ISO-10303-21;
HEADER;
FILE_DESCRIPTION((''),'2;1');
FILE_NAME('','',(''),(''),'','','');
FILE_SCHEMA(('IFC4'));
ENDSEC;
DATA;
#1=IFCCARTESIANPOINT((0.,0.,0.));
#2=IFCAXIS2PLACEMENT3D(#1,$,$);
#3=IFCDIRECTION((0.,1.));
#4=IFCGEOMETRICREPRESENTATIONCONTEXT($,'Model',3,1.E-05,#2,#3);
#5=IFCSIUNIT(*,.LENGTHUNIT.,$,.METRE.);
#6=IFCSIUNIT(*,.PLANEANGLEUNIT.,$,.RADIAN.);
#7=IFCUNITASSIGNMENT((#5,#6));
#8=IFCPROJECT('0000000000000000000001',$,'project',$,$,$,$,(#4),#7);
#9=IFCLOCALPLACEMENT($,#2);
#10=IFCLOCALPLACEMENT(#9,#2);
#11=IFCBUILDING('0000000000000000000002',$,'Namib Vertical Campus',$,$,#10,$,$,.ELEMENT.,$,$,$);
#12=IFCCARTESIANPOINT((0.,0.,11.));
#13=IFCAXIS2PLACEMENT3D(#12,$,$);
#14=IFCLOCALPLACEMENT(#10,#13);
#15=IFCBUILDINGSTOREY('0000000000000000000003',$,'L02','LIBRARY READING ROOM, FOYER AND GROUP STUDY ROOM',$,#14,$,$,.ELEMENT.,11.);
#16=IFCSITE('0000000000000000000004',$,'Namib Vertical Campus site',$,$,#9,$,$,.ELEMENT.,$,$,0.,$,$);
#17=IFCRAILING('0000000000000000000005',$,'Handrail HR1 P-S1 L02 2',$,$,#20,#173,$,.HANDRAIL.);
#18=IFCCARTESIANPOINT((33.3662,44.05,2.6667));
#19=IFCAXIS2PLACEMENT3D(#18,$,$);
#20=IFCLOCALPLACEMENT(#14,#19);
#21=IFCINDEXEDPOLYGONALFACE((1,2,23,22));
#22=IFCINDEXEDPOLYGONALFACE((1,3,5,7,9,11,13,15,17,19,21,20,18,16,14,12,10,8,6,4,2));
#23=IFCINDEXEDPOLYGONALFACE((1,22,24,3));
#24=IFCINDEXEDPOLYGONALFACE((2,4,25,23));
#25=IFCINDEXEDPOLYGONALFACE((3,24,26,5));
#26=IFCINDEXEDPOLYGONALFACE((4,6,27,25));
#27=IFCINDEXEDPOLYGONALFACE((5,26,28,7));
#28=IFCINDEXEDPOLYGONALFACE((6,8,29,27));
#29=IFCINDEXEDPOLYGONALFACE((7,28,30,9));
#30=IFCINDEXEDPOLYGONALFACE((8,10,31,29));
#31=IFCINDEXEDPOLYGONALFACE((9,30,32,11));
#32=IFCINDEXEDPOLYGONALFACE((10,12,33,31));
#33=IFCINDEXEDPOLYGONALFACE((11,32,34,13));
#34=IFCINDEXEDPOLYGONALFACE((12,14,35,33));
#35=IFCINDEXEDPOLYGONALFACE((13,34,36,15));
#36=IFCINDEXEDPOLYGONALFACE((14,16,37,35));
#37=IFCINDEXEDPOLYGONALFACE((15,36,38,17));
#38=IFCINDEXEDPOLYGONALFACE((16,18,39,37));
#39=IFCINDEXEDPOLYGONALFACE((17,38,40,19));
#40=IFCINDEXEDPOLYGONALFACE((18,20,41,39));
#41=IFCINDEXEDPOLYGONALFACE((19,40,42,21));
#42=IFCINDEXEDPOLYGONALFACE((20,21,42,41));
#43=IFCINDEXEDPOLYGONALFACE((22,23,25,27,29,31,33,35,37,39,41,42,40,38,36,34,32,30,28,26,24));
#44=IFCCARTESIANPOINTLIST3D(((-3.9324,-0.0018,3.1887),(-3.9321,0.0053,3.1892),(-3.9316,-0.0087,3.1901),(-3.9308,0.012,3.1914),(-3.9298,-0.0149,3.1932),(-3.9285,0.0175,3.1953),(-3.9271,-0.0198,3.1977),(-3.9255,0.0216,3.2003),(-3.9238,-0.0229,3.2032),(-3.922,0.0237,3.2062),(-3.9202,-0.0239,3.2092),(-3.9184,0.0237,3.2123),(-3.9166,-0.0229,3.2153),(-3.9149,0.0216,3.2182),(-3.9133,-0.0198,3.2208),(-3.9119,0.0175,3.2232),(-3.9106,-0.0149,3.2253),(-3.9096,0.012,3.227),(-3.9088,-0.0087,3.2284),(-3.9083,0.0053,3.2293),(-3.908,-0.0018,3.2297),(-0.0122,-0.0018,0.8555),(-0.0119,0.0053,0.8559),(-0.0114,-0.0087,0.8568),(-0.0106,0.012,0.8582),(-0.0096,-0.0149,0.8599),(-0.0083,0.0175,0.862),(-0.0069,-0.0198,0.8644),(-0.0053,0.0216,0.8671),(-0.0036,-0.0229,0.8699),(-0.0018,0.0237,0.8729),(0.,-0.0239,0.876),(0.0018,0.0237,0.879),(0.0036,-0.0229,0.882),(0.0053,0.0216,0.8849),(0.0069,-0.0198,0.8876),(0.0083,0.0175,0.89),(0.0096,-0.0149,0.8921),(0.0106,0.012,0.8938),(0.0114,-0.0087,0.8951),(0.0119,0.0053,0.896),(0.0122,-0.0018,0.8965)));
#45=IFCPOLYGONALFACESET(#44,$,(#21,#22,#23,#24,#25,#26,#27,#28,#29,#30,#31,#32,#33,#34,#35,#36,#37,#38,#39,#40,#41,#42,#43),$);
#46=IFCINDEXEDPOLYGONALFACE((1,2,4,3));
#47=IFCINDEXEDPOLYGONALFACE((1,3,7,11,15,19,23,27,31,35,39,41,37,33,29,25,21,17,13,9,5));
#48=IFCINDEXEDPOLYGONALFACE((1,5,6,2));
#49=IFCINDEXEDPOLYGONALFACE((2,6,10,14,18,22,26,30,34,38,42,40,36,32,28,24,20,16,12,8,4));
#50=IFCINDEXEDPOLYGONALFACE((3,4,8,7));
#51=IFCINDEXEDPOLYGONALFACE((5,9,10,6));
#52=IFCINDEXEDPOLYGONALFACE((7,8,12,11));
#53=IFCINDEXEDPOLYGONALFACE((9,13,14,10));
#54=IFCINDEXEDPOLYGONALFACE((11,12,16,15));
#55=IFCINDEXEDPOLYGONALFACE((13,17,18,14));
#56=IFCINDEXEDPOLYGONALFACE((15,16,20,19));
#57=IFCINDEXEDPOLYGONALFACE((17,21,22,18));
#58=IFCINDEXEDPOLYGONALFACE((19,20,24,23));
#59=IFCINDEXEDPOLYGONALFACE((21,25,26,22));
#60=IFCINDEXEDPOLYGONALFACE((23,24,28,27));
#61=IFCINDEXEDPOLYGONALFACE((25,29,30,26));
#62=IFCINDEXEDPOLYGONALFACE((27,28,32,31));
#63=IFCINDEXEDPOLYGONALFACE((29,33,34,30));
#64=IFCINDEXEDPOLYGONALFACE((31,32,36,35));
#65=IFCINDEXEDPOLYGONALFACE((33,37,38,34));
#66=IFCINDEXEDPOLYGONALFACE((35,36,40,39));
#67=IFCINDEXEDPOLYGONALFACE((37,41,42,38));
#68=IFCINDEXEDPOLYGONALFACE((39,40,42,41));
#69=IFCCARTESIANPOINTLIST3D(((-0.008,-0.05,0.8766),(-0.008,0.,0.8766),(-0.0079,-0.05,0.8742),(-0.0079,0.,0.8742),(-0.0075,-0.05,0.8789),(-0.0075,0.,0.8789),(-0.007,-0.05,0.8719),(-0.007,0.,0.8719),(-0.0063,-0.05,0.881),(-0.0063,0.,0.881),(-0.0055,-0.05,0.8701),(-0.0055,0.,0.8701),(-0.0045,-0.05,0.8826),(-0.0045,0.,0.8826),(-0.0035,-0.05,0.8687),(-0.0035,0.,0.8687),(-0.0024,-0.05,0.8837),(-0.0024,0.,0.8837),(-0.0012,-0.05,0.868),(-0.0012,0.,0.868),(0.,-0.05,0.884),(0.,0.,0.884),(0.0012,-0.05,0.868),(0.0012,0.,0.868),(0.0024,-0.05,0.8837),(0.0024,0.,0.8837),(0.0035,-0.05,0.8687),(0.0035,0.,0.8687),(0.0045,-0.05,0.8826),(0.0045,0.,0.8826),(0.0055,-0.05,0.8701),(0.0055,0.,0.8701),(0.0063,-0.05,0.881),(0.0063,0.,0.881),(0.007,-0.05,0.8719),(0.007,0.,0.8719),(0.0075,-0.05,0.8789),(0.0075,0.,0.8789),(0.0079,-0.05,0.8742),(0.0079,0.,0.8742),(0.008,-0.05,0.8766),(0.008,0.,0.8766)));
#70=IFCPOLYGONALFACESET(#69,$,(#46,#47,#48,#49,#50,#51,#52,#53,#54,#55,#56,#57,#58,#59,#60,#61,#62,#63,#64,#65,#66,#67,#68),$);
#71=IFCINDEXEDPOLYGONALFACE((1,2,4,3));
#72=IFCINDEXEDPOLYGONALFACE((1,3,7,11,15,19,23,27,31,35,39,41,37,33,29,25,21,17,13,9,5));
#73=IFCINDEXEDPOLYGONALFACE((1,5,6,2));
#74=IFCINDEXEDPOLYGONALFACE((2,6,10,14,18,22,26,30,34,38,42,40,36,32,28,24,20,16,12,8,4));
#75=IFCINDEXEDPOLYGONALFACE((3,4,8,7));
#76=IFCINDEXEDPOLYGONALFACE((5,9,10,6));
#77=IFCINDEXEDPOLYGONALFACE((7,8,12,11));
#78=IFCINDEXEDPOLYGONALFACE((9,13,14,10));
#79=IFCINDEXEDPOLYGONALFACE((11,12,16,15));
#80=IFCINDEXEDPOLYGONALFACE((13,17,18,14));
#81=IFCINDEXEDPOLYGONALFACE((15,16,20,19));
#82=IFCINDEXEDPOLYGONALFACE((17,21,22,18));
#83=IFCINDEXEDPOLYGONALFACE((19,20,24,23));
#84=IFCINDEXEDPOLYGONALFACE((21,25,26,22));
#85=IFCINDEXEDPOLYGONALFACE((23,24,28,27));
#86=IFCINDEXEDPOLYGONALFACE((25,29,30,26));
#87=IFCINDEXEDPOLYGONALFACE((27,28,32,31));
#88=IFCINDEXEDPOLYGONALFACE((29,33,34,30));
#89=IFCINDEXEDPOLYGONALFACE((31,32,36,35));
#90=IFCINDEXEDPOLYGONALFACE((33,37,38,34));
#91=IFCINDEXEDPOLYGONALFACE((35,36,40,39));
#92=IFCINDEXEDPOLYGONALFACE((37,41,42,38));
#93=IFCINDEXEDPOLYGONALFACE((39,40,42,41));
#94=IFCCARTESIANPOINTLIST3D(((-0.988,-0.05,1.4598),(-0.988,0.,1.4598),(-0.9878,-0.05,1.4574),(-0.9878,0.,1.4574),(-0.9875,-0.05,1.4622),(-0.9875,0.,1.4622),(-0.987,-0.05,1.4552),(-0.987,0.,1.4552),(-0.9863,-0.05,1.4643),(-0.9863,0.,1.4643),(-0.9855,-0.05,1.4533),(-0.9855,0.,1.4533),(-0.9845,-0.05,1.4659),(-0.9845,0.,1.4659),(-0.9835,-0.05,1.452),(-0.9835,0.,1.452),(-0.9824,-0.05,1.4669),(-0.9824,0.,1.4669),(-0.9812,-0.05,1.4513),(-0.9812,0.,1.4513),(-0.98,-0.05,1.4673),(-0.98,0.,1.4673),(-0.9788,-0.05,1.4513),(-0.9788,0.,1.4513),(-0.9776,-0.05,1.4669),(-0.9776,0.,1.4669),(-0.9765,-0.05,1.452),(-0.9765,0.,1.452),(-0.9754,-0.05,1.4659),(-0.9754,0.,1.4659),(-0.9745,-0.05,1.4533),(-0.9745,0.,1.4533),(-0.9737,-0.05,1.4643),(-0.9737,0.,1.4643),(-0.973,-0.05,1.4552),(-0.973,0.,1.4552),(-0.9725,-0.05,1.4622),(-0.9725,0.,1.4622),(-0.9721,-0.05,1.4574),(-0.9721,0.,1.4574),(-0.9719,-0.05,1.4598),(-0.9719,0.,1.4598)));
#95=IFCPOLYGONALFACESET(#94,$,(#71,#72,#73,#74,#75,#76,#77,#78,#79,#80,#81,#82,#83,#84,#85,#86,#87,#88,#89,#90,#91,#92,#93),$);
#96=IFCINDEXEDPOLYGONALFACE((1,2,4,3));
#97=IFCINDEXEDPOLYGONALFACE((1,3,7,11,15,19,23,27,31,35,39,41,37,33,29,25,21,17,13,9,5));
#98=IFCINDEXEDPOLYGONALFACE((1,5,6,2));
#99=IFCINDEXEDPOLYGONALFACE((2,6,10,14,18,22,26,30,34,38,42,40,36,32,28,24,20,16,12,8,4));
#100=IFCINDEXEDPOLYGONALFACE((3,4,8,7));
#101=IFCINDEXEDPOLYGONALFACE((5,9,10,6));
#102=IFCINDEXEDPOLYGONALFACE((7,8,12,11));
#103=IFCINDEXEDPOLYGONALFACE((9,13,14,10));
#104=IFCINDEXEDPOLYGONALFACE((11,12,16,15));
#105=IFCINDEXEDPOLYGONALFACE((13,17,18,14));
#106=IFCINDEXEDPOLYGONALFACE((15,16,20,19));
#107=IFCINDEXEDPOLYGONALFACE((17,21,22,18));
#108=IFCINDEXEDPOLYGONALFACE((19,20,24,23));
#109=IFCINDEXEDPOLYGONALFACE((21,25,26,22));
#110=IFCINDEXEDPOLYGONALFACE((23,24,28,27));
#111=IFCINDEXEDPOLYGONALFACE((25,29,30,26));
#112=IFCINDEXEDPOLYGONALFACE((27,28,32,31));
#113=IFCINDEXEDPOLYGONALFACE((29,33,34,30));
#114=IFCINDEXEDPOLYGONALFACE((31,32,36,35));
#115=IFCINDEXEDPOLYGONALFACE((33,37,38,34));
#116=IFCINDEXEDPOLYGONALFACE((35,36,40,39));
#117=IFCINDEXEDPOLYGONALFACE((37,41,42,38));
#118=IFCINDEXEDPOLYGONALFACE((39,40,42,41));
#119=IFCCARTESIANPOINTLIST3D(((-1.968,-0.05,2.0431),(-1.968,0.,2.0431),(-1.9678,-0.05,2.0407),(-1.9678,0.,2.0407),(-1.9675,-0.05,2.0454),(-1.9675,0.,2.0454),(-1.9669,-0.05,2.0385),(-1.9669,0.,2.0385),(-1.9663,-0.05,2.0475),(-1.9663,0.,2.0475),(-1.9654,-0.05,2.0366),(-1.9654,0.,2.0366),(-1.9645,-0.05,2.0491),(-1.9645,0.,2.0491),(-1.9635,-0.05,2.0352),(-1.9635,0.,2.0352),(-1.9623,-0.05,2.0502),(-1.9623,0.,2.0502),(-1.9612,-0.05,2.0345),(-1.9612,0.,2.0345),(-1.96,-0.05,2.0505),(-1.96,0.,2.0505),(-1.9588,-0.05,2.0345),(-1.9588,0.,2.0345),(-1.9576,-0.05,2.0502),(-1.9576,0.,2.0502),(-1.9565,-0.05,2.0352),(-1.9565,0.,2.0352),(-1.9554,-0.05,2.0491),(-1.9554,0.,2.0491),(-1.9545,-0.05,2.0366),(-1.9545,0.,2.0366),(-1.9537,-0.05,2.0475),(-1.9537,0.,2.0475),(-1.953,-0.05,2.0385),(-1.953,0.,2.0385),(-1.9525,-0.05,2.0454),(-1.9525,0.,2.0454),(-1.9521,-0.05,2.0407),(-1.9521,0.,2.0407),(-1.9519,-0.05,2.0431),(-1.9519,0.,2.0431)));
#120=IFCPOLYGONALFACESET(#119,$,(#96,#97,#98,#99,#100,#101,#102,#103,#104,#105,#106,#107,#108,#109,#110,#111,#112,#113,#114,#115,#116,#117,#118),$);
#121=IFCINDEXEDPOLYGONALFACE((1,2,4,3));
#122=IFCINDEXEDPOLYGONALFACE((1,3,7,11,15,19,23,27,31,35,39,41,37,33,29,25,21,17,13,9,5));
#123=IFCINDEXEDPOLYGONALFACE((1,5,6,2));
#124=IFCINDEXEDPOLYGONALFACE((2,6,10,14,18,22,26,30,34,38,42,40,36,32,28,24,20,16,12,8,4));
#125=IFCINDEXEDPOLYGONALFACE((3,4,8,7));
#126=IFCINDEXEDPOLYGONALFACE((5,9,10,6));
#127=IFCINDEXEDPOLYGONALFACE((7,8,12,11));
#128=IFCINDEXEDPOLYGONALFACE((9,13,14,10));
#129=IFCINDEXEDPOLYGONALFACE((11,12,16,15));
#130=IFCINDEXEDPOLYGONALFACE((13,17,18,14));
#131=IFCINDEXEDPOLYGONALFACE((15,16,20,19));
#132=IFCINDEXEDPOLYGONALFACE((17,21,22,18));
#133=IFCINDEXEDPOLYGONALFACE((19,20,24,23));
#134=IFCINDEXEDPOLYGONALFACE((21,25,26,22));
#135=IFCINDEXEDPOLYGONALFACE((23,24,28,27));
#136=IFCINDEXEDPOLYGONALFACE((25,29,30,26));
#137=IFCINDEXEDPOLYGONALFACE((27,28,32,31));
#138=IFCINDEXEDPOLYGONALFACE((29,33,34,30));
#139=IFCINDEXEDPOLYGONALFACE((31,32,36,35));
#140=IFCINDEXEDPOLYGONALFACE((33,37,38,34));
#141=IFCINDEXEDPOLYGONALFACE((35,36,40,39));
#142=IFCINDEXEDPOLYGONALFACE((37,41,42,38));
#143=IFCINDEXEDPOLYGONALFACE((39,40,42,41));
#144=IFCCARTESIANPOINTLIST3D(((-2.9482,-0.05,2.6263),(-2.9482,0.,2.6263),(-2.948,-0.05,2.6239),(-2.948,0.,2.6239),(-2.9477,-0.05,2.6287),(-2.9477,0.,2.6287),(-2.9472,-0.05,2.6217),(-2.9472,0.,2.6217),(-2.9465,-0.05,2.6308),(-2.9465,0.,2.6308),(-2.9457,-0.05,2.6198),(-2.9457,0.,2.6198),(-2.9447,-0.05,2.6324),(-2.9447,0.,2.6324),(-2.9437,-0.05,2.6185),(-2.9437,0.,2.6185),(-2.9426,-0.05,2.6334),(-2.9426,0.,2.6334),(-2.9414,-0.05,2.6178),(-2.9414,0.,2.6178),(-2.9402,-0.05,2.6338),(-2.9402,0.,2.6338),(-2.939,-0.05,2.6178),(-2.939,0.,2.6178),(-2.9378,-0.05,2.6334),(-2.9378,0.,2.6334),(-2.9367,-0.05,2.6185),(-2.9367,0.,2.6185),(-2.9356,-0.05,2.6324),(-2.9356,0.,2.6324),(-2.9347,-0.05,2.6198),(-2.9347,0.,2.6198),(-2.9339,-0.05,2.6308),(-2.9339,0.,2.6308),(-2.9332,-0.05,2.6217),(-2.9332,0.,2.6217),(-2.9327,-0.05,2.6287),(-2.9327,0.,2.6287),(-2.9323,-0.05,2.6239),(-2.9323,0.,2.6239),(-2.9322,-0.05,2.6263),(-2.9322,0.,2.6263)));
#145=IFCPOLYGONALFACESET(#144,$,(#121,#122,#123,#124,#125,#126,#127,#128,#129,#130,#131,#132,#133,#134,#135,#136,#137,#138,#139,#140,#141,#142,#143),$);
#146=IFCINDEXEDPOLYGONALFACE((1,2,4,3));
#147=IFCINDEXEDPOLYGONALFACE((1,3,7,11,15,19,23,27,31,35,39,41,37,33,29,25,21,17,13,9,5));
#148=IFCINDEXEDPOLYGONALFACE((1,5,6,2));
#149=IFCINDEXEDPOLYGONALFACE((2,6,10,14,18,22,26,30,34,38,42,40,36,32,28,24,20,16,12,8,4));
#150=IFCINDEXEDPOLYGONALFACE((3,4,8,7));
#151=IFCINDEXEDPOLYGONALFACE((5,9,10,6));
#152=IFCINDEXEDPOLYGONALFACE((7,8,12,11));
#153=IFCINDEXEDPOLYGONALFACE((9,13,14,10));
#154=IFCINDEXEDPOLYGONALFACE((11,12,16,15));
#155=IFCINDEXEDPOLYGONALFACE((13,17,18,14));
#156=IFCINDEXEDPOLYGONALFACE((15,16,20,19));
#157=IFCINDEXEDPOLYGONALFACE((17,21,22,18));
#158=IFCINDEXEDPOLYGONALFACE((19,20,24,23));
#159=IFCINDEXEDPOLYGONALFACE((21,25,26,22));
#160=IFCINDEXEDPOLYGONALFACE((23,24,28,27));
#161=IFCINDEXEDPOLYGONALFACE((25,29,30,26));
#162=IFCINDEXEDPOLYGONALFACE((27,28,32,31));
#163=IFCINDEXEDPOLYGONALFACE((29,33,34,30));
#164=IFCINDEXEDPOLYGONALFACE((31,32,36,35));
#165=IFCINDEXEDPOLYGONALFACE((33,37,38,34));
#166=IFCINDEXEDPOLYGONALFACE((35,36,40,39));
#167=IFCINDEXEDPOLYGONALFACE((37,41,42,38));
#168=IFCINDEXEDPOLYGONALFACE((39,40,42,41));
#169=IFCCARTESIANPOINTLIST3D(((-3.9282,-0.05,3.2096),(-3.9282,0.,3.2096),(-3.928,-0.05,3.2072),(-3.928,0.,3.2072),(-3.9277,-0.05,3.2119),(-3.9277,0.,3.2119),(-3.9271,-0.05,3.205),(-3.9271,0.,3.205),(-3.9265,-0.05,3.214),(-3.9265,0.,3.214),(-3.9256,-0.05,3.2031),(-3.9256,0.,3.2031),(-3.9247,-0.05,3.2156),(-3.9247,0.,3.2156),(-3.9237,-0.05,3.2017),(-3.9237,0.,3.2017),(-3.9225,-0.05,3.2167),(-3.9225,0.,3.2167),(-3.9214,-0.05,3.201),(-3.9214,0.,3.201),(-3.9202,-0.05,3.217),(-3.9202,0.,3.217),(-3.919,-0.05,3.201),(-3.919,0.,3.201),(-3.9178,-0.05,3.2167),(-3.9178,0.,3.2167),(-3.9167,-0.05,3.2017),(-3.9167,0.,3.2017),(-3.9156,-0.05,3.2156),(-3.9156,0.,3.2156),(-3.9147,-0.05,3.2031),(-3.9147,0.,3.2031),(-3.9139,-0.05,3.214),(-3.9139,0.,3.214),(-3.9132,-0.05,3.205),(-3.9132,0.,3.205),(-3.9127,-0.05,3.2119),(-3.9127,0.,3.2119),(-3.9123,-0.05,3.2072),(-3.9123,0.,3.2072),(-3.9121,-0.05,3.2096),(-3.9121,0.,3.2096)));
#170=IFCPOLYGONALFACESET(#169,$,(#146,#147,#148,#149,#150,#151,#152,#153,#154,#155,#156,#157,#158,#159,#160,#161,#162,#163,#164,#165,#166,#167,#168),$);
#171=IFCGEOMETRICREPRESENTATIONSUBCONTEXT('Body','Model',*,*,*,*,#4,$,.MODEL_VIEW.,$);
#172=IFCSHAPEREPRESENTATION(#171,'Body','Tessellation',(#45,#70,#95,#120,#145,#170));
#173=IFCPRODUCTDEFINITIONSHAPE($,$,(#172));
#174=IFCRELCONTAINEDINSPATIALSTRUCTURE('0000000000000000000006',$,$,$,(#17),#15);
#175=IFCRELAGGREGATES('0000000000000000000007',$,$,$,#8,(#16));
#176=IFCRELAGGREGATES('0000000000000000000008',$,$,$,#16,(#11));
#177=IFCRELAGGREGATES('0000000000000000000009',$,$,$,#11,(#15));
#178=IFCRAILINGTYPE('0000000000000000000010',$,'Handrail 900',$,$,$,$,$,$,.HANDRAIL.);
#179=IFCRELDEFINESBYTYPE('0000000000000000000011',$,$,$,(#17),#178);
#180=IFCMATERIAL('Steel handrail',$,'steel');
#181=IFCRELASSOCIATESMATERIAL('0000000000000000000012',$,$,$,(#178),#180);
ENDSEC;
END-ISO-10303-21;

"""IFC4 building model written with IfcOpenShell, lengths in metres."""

from ifc_helpers import new_model, si_unit, direction, frame, origin, origin_2d, place, context, subcontext, project, spatial, circle, extrude, material, type_object, element, save


model = new_model("IFC4")

# Units and contexts
model_context = context("Model", 3, precision=1e-05, world=origin(), true_north=direction((0.0, 1.0)))
body_context = subcontext(model_context, "Body", "Model", "MODEL_VIEW")
ifc_project = project(units=[si_unit("LENGTHUNIT", "METRE"), si_unit("PLANEANGLEUNIT", "RADIAN")], contexts=[model_context])

# Site, building, storey
site_placement = place(None, origin())
site = spatial("IfcSite", under=ifc_project, at=site_placement, Name="Namib Vertical Campus site", CompositionType="ELEMENT", RefElevation=0.0)
building_placement = place(site_placement, origin())
building = spatial("IfcBuilding", under=site, at=building_placement, Name="Namib Vertical Campus", CompositionType="ELEMENT")
storey_placement = place(building_placement, frame((0.0, 0.0, 11.0)))
storey = spatial("IfcBuildingStorey", under=building, at=storey_placement, Name="L02", Description="LIBRARY READING ROOM, FOYER AND GROUP STUDY ROOM", CompositionType="ELEMENT", Elevation=11.0)

# Railing
ifc_material_1 = material(Name="Steel handrail", Category="steel")
railing_type_1 = type_object("IfcRailingType", Name="Handrail 900", PredefinedType="HANDRAIL", material=ifc_material_1)
railing_1_placement = place(storey_placement, frame((33.3662, 44.05, 2.6667)))
element("IfcRailing", 1, at=railing_1_placement, inside=storey, type_object=railing_type_1, Name="Handrail HR1 P-S1 L02 2", PredefinedType="HANDRAIL", context=body_context, shape_type="SweptSolid", body=[
    extrude(circle(Radius=0.0239, at=origin_2d()), frame((0.0, 0.0, 0.876), z_axis=(-0.85931, 0.0, 0.511455), x_axis=(0.0, -1.0, 0.0)), (0.0, 0.0, 1.0), 4.562),
    extrude(circle(Radius=0.0081, at=origin_2d()), frame((0.0, 0.0, 0.876), z_axis=(0.0, -1.0, 0.0), x_axis=(0.0, 0.0, 1.0)), (0.0, 0.0, 1.0), 0.05),
    extrude(circle(Radius=0.0081, at=origin_2d()), frame((-0.98, 0.0, 1.4592), z_axis=(0.0, -1.0, 0.0), x_axis=(0.0, 0.0, 1.0)), (0.0, 0.0, 1.0), 0.05),
    extrude(circle(Radius=0.0081, at=origin_2d()), frame((-1.96, 0.0, 2.0425), z_axis=(0.0, -1.0, 0.0), x_axis=(0.0, 0.0, 1.0)), (0.0, 0.0, 1.0), 0.05),
    extrude(circle(Radius=0.0081, at=origin_2d()), frame((-2.9402, 0.0, 2.6257), z_axis=(0.0, -1.0, 0.0), x_axis=(0.0, 0.0, 1.0)), (0.0, 0.0, 1.0), 0.05),
    extrude(circle(Radius=0.0081, at=origin_2d()), frame((-3.9202, 0.0, 3.209), z_axis=(0.0, -1.0, 0.0), x_axis=(0.0, 0.0, 1.0)), (0.0, 0.0, 1.0), 0.05),
])

save(model, "model.ifc")
